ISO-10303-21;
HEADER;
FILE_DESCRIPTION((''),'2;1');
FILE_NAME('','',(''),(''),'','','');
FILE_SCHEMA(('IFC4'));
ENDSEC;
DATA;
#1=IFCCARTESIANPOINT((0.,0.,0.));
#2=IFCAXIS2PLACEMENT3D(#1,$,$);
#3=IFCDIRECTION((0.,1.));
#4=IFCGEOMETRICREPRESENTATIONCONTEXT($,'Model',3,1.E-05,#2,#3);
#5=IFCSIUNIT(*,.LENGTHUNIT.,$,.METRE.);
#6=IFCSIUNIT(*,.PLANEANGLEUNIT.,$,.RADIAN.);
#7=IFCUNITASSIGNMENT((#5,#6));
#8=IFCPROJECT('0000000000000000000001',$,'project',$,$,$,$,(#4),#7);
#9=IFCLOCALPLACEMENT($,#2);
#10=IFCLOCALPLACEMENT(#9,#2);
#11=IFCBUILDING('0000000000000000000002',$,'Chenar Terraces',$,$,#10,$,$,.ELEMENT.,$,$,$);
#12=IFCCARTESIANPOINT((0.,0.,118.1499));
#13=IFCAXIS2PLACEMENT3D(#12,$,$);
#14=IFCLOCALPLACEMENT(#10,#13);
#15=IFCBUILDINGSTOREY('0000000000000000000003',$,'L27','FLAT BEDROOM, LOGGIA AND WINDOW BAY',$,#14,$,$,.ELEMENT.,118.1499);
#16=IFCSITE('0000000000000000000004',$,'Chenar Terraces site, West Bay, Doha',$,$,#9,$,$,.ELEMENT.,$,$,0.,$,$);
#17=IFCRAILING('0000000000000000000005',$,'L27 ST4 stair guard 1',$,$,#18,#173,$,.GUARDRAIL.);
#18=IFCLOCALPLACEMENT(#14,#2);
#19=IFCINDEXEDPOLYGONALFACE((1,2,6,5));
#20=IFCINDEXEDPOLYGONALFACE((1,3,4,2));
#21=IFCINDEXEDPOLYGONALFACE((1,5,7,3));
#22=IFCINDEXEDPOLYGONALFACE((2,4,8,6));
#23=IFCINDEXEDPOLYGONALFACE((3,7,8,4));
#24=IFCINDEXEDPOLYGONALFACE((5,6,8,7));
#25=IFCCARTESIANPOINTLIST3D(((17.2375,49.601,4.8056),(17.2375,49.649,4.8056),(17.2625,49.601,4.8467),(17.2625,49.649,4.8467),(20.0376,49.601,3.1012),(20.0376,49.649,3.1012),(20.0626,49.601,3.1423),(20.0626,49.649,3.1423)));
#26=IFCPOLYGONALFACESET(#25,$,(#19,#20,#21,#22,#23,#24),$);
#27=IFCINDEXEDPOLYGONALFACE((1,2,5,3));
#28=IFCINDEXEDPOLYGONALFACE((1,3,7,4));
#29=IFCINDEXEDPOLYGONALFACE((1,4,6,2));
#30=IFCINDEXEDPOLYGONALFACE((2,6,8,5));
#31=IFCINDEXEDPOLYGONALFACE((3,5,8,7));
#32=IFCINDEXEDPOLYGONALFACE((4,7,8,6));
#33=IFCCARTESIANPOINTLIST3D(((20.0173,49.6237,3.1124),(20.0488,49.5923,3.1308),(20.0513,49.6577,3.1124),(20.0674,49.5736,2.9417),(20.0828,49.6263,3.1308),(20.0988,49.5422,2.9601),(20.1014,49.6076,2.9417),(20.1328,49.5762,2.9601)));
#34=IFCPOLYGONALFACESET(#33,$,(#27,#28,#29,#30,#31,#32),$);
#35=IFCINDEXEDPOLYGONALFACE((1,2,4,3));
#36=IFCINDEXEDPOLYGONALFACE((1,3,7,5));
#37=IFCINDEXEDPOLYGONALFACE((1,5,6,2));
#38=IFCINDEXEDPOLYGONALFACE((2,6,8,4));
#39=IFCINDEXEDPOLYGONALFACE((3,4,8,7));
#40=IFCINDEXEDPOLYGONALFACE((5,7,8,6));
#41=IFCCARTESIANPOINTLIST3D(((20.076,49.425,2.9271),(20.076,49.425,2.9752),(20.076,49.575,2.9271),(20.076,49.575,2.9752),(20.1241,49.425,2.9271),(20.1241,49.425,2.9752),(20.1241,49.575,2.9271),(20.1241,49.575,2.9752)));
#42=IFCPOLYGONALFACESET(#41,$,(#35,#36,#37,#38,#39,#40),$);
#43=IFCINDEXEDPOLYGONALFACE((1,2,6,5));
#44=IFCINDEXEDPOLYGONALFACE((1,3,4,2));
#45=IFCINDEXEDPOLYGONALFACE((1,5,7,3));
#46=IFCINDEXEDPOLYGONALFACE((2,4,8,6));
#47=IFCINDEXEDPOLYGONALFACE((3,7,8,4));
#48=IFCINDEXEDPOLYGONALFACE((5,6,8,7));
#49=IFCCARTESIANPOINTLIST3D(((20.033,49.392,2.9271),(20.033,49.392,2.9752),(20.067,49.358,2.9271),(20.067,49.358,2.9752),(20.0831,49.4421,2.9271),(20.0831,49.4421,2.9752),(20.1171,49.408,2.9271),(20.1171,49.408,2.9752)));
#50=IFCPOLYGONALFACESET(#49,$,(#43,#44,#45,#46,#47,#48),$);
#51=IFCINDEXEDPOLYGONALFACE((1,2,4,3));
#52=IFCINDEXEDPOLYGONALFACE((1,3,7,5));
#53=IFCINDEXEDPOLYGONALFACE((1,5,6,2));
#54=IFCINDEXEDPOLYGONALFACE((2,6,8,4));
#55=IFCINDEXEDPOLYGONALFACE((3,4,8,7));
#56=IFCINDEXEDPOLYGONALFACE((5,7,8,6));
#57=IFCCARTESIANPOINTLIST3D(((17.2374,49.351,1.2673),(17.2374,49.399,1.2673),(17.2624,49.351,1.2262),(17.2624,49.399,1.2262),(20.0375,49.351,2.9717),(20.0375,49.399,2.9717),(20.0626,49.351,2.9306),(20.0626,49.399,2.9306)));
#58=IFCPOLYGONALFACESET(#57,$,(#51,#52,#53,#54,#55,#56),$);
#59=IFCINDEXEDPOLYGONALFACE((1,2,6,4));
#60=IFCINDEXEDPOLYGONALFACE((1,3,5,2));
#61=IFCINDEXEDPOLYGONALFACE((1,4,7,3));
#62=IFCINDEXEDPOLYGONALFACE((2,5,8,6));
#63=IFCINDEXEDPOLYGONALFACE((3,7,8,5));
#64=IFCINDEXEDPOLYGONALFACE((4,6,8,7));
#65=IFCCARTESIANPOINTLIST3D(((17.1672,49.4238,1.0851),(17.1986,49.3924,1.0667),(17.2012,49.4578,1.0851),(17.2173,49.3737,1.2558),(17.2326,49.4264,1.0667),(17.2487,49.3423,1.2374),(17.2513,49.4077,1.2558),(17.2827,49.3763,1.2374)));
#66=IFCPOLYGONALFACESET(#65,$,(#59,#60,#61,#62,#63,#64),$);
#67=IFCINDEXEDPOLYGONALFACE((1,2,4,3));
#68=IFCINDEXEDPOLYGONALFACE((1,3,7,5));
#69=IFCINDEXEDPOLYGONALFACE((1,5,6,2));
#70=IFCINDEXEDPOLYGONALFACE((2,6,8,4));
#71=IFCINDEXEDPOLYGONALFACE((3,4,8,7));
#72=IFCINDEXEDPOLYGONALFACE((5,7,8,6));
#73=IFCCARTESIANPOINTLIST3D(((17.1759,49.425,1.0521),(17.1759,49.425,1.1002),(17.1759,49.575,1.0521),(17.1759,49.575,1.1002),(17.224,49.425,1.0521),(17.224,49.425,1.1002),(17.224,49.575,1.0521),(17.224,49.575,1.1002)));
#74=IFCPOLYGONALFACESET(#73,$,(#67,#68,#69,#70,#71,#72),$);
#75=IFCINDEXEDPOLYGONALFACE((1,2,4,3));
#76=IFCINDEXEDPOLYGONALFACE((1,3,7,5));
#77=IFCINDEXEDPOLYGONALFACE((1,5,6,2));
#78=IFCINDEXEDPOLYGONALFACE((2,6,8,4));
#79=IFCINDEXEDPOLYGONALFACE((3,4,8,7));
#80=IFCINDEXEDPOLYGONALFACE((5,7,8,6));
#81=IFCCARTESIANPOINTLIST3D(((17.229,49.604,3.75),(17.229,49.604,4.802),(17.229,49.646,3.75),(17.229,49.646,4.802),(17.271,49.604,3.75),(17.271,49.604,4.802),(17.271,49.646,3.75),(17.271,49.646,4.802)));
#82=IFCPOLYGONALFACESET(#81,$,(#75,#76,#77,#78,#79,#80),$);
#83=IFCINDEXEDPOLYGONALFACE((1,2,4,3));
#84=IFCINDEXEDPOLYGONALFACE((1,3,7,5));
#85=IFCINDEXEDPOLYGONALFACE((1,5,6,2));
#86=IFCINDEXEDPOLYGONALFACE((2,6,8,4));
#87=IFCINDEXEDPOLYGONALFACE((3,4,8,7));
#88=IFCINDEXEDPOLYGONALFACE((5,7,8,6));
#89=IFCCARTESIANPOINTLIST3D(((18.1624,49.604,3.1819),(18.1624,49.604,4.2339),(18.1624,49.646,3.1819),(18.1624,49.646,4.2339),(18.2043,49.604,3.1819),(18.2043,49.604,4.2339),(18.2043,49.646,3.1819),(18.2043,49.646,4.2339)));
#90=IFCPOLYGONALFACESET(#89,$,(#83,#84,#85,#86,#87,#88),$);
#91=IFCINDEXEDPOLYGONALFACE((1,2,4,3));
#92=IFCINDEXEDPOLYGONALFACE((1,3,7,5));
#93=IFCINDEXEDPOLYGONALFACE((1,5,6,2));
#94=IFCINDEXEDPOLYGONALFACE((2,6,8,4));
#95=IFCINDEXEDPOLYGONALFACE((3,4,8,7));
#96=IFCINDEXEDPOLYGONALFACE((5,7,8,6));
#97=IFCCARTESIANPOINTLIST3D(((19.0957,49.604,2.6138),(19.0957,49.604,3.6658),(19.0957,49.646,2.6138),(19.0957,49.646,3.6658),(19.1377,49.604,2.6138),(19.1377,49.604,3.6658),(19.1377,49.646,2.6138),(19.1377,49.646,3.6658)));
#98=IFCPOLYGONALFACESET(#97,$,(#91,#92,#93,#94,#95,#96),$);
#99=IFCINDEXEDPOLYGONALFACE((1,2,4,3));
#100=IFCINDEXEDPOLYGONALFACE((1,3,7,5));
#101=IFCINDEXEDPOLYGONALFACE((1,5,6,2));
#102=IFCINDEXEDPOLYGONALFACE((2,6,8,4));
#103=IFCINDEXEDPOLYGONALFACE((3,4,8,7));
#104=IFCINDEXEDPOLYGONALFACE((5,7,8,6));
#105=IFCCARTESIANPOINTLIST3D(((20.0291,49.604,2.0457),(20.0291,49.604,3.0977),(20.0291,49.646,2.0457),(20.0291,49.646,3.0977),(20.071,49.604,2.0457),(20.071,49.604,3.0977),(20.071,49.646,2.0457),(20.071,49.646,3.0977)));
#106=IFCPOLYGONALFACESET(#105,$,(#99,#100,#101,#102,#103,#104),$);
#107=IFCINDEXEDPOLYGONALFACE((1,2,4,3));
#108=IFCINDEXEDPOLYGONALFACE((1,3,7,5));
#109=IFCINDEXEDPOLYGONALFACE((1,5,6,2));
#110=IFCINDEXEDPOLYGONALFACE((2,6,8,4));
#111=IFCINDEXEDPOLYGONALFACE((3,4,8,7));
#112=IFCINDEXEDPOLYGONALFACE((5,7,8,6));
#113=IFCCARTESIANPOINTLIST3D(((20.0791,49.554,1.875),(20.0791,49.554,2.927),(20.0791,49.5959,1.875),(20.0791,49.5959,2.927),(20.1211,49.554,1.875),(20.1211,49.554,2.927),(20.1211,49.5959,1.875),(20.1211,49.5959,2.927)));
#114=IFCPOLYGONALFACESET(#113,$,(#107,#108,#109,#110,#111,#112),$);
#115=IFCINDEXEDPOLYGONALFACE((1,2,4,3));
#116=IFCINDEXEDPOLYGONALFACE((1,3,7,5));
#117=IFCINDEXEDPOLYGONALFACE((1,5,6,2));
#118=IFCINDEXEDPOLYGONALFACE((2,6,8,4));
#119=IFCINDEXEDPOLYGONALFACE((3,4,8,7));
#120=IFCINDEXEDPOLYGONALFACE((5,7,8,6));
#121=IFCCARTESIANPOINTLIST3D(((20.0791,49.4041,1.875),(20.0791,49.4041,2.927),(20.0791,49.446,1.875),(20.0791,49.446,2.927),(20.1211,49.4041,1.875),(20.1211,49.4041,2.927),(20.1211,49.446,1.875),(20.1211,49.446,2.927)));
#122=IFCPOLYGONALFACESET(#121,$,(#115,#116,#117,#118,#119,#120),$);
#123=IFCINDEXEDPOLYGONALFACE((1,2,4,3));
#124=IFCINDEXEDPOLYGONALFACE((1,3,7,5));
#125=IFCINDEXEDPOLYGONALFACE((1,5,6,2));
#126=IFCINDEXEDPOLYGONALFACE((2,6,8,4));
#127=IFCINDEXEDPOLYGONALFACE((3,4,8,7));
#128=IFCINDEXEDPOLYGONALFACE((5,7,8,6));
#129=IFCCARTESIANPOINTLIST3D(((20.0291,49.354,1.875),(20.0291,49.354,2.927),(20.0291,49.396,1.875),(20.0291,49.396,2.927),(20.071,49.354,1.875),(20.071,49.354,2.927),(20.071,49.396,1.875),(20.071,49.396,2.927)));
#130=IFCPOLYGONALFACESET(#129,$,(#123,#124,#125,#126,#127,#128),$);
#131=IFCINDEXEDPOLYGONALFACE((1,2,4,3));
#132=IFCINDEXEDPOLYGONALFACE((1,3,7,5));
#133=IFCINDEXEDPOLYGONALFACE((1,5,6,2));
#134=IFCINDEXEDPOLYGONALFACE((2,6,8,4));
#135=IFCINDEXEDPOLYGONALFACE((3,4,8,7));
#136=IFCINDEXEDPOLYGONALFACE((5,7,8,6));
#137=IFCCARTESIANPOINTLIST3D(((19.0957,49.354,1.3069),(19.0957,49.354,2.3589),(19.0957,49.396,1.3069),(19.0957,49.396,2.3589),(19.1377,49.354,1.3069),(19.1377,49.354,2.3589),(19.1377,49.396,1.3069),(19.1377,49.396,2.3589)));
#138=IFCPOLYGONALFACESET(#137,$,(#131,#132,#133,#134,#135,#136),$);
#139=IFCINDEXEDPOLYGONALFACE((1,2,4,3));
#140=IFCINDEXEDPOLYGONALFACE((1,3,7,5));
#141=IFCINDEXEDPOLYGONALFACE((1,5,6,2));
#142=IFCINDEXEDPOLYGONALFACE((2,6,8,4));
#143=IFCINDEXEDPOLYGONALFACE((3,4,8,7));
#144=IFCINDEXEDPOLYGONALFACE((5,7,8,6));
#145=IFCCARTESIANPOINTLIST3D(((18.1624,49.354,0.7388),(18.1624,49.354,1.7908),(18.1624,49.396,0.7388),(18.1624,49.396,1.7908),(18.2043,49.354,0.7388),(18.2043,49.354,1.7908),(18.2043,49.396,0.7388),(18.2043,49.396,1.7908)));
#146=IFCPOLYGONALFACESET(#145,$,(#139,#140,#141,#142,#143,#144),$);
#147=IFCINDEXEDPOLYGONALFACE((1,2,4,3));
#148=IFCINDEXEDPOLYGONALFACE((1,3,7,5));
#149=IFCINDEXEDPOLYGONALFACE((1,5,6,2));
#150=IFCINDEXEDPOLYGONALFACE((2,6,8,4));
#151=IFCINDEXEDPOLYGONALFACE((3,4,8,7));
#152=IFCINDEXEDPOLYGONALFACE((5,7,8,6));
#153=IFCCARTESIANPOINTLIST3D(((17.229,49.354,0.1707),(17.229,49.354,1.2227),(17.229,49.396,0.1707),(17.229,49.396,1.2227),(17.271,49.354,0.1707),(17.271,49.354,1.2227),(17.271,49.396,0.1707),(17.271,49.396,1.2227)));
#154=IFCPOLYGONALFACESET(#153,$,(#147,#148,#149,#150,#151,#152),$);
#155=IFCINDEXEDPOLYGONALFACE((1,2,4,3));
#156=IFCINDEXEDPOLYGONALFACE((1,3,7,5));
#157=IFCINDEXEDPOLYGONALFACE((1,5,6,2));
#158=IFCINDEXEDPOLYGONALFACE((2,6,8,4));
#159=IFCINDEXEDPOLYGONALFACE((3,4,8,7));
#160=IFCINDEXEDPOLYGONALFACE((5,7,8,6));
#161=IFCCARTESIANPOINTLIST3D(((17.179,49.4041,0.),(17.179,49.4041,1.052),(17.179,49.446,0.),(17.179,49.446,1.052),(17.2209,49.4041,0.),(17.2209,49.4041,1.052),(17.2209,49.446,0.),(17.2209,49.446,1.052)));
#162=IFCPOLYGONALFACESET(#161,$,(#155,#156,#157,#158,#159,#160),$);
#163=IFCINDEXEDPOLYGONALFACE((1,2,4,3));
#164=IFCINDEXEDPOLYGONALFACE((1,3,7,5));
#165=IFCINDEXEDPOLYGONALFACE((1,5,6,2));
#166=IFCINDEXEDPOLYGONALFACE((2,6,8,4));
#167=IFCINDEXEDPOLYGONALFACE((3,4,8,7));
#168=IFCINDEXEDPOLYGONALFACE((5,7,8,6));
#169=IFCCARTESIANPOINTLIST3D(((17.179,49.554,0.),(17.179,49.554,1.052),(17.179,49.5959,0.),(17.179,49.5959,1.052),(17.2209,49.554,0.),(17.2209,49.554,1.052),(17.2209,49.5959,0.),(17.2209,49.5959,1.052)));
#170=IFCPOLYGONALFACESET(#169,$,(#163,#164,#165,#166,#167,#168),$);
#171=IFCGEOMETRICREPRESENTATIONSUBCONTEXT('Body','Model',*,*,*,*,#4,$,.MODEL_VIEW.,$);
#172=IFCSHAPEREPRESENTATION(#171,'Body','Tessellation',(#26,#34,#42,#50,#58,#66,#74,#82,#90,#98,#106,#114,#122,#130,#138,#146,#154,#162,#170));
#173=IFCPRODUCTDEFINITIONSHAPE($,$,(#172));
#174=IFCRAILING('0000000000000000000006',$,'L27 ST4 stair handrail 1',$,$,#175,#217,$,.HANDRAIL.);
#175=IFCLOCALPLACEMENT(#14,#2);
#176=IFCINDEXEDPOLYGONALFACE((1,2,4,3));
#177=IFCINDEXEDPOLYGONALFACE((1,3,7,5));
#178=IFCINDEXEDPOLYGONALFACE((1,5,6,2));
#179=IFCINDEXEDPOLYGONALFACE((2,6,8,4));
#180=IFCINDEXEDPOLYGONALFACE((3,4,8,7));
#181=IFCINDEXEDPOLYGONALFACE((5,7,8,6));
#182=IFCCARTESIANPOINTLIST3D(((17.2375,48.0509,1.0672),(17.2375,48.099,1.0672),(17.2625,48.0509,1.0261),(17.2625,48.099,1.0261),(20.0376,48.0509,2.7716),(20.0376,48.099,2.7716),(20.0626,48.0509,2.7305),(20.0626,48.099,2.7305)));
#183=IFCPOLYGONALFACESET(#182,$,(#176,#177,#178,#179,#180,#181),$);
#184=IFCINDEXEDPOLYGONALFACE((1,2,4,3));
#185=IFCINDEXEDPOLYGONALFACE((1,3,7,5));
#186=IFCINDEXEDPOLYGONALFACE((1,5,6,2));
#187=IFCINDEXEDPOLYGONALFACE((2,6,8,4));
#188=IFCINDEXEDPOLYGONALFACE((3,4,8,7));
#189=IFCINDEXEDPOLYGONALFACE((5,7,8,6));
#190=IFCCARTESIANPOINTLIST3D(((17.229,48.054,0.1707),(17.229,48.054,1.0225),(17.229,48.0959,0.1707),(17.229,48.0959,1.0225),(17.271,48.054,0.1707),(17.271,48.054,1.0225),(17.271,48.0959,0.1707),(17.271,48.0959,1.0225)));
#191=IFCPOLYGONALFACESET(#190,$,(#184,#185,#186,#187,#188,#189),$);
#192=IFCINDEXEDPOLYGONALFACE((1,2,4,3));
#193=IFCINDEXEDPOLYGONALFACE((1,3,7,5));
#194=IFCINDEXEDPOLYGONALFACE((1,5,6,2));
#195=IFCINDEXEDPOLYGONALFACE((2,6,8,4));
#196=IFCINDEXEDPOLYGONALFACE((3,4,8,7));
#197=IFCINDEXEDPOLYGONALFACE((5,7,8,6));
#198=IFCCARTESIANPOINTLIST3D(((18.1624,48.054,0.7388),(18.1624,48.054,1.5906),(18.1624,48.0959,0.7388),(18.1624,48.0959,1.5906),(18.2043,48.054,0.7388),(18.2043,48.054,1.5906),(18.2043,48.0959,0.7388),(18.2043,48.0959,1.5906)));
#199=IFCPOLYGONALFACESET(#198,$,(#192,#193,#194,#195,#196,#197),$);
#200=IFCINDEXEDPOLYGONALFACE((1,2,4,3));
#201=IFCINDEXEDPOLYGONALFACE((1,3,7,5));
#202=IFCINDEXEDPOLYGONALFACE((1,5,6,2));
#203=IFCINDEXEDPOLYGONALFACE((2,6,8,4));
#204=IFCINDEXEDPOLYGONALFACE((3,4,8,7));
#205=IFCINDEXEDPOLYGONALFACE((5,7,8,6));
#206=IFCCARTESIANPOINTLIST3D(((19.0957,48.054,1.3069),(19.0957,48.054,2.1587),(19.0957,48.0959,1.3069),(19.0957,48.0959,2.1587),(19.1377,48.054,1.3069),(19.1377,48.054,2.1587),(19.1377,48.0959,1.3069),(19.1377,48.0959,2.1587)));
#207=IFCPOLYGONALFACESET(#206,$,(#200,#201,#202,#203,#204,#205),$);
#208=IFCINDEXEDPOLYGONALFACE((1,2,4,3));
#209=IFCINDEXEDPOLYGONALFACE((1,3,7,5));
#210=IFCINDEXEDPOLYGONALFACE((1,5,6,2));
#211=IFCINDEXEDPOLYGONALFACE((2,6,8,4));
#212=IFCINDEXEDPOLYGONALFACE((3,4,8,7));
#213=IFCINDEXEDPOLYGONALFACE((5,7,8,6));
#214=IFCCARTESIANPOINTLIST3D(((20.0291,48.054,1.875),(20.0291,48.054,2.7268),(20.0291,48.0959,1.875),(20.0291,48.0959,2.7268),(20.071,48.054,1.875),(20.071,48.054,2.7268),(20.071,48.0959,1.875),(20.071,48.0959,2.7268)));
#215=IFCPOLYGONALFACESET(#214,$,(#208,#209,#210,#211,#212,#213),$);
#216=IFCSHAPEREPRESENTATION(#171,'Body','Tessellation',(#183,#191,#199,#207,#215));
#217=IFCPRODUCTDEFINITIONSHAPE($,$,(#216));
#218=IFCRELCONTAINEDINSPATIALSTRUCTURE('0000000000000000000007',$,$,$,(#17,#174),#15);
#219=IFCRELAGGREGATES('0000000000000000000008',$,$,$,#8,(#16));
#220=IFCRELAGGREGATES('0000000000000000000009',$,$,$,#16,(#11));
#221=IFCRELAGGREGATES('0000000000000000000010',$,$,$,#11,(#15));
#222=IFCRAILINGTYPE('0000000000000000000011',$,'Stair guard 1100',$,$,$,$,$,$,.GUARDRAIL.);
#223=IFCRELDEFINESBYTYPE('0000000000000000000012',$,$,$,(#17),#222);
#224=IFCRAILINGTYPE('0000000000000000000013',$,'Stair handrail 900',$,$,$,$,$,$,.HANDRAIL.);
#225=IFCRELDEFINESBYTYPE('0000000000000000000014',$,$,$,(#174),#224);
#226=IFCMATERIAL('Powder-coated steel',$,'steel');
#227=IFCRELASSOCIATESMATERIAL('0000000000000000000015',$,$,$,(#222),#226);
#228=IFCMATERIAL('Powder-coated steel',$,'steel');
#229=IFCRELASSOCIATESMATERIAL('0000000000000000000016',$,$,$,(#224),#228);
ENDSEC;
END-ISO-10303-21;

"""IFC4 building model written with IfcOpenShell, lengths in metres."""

from ifc_helpers import new_model, si_unit, direction, frame, origin, origin_2d, place, context, subcontext, project, spatial, rectangle, extrude, material, type_object, element, save


model = new_model("IFC4")

# Units and contexts
model_context = context("Model", 3, precision=1e-05, world=origin(), true_north=direction((0.0, 1.0)))
body_context = subcontext(model_context, "Body", "Model", "MODEL_VIEW")
ifc_project = project(units=[si_unit("LENGTHUNIT", "METRE"), si_unit("PLANEANGLEUNIT", "RADIAN")], contexts=[model_context])

# Site, building, storey
site_placement = place(None, origin())
site = spatial("IfcSite", under=ifc_project, at=site_placement, Name="Chenar Terraces site, West Bay, Doha", CompositionType="ELEMENT", RefElevation=0.0)
building_placement = place(site_placement, origin())
building = spatial("IfcBuilding", under=site, at=building_placement, Name="Chenar Terraces", CompositionType="ELEMENT")
storey_placement = place(building_placement, frame((0.0, 0.0, 118.1499)))
storey = spatial("IfcBuildingStorey", under=building, at=storey_placement, Name="L27", Description="FLAT BEDROOM, LOGGIA AND WINDOW BAY", CompositionType="ELEMENT", Elevation=118.1499)

# Railings
ifc_material_1 = material(Name="Powder-coated steel", Category="steel")
railing_type_1 = type_object("IfcRailingType", Name="Stair guard 1100", PredefinedType="GUARDRAIL", material=ifc_material_1)
railing_1_placement = place(storey_placement, frame((17.25, 49.625, 3.75)))
element("IfcRailing", 1, at=railing_1_placement, inside=storey, type_object=railing_type_1, Name="L27 ST4 stair guard 1", PredefinedType="GUARDRAIL", context=body_context, shape_type="SweptSolid", body=[
    extrude(rectangle(XDim=0.0481, YDim=0.0481, at=origin_2d()), frame((0.0, 0.0, 1.0762), z_axis=(0.854203, 0.0, -0.51994), x_axis=(0.0, 1.0, 0.0)), (0.0, 0.0, 1.0), 3.2781),
    extrude(rectangle(XDim=0.0481, YDim=0.0481, at=origin_2d()), frame((2.8, 0.0, -0.6284), z_axis=(0.2709, -0.2709, -0.923703), x_axis=(0.707107, 0.707107, 0.0)), (0.0, 0.0, 1.0), 0.1848),
    extrude(rectangle(XDim=0.0481, YDim=0.0481, at=origin_2d()), frame((2.8501, -0.05, -0.7988), z_axis=(0.0, -1.0, 0.0), x_axis=(1.0, 0.0, 0.0)), (0.0, 0.0, 1.0), 0.1499),
    extrude(rectangle(XDim=0.0481, YDim=0.0481, at=origin_2d()), frame((2.8501, -0.2, -0.7988), z_axis=(-0.707107, -0.707107, 0.0), x_axis=(0.707107, -0.707107, 0.0)), (0.0, 0.0, 1.0), 0.0708),
    extrude(rectangle(XDim=0.0481, YDim=0.0481, at=origin_2d()), frame((2.8, -0.25, -0.7988), z_axis=(-0.854203, 0.0, -0.51994), x_axis=(0.0, -1.0, 0.0)), (0.0, 0.0, 1.0), 3.2781),
    extrude(rectangle(XDim=0.0481, YDim=0.0481, at=origin_2d()), frame((0.0, -0.25, -2.5034), z_axis=(-0.2709, 0.2709, -0.923703), x_axis=(-0.707107, -0.707107, 0.0)), (0.0, 0.0, 1.0), 0.1848),
    extrude(rectangle(XDim=0.0481, YDim=0.0481, at=origin_2d()), frame((-0.05, -0.2, -2.6738), z_axis=(0.0, 1.0, 0.0), x_axis=(-1.0, 0.0, 0.0)), (0.0, 0.0, 1.0), 0.1499),
    extrude(rectangle(XDim=0.042, YDim=0.042, at=origin_2d()), origin(), (0.0, 0.0, 1.0), 1.052),
    extrude(rectangle(XDim=0.042, YDim=0.042, at=origin_2d()), frame((0.9333, 0.0, -0.5681)), (0.0, 0.0, 1.0), 1.052),
    extrude(rectangle(XDim=0.042, YDim=0.042, at=origin_2d()), frame((1.8667, 0.0, -1.1362)), (0.0, 0.0, 1.0), 1.052),
    extrude(rectangle(XDim=0.042, YDim=0.042, at=origin_2d()), frame((2.8, 0.0, -1.7043)), (0.0, 0.0, 1.0), 1.052),
    extrude(rectangle(XDim=0.042, YDim=0.042, at=origin_2d()), frame((2.8501, -0.05, -1.875)), (0.0, 0.0, 1.0), 1.052),
    extrude(rectangle(XDim=0.042, YDim=0.042, at=origin_2d()), frame((2.8501, -0.2, -1.875)), (0.0, 0.0, 1.0), 1.052),
    extrude(rectangle(XDim=0.042, YDim=0.042, at=origin_2d()), frame((2.8, -0.25, -1.875)), (0.0, 0.0, 1.0), 1.052),
    extrude(rectangle(XDim=0.042, YDim=0.042, at=origin_2d()), frame((1.8667, -0.25, -2.4431)), (0.0, 0.0, 1.0), 1.052),
    extrude(rectangle(XDim=0.042, YDim=0.042, at=origin_2d()), frame((0.9333, -0.25, -3.0112)), (0.0, 0.0, 1.0), 1.052),
    extrude(rectangle(XDim=0.042, YDim=0.042, at=origin_2d()), frame((0.0, -0.25, -3.5793)), (0.0, 0.0, 1.0), 1.052),
    extrude(rectangle(XDim=0.042, YDim=0.042, at=origin_2d()), frame((-0.05, -0.2, -3.75)), (0.0, 0.0, 1.0), 1.052),
    extrude(rectangle(XDim=0.042, YDim=0.042, at=origin_2d()), frame((-0.05, -0.05, -3.75)), (0.0, 0.0, 1.0), 1.052),
])
ifc_material_2 = material(Name="Powder-coated steel", Category="steel")
railing_type_2 = type_object("IfcRailingType", Name="Stair handrail 900", PredefinedType="HANDRAIL", material=ifc_material_2)
railing_2_placement = place(storey_placement, frame((17.25, 48.075, 0.1707)))
element("IfcRailing", 2, at=railing_2_placement, inside=storey, type_object=railing_type_2, Name="L27 ST4 stair handrail 1", PredefinedType="HANDRAIL", context=body_context, shape_type="SweptSolid", body=[
    extrude(rectangle(XDim=0.0481, YDim=0.0481, at=origin_2d()), frame((0.0, 0.0, 0.876), z_axis=(0.854203, 0.0, 0.51994), x_axis=(0.0, 1.0, 0.0)), (0.0, 0.0, 1.0), 3.2781),
    extrude(rectangle(XDim=0.042, YDim=0.042, at=origin_2d()), origin(), (0.0, 0.0, 1.0), 0.8518),
    extrude(rectangle(XDim=0.042, YDim=0.042, at=origin_2d()), frame((0.9333, 0.0, 0.5681)), (0.0, 0.0, 1.0), 0.8518),
    extrude(rectangle(XDim=0.042, YDim=0.042, at=origin_2d()), frame((1.8667, 0.0, 1.1362)), (0.0, 0.0, 1.0), 0.8518),
    extrude(rectangle(XDim=0.042, YDim=0.042, at=origin_2d()), frame((2.8, 0.0, 1.7043)), (0.0, 0.0, 1.0), 0.8518),
])

save(model, "model.ifc")
